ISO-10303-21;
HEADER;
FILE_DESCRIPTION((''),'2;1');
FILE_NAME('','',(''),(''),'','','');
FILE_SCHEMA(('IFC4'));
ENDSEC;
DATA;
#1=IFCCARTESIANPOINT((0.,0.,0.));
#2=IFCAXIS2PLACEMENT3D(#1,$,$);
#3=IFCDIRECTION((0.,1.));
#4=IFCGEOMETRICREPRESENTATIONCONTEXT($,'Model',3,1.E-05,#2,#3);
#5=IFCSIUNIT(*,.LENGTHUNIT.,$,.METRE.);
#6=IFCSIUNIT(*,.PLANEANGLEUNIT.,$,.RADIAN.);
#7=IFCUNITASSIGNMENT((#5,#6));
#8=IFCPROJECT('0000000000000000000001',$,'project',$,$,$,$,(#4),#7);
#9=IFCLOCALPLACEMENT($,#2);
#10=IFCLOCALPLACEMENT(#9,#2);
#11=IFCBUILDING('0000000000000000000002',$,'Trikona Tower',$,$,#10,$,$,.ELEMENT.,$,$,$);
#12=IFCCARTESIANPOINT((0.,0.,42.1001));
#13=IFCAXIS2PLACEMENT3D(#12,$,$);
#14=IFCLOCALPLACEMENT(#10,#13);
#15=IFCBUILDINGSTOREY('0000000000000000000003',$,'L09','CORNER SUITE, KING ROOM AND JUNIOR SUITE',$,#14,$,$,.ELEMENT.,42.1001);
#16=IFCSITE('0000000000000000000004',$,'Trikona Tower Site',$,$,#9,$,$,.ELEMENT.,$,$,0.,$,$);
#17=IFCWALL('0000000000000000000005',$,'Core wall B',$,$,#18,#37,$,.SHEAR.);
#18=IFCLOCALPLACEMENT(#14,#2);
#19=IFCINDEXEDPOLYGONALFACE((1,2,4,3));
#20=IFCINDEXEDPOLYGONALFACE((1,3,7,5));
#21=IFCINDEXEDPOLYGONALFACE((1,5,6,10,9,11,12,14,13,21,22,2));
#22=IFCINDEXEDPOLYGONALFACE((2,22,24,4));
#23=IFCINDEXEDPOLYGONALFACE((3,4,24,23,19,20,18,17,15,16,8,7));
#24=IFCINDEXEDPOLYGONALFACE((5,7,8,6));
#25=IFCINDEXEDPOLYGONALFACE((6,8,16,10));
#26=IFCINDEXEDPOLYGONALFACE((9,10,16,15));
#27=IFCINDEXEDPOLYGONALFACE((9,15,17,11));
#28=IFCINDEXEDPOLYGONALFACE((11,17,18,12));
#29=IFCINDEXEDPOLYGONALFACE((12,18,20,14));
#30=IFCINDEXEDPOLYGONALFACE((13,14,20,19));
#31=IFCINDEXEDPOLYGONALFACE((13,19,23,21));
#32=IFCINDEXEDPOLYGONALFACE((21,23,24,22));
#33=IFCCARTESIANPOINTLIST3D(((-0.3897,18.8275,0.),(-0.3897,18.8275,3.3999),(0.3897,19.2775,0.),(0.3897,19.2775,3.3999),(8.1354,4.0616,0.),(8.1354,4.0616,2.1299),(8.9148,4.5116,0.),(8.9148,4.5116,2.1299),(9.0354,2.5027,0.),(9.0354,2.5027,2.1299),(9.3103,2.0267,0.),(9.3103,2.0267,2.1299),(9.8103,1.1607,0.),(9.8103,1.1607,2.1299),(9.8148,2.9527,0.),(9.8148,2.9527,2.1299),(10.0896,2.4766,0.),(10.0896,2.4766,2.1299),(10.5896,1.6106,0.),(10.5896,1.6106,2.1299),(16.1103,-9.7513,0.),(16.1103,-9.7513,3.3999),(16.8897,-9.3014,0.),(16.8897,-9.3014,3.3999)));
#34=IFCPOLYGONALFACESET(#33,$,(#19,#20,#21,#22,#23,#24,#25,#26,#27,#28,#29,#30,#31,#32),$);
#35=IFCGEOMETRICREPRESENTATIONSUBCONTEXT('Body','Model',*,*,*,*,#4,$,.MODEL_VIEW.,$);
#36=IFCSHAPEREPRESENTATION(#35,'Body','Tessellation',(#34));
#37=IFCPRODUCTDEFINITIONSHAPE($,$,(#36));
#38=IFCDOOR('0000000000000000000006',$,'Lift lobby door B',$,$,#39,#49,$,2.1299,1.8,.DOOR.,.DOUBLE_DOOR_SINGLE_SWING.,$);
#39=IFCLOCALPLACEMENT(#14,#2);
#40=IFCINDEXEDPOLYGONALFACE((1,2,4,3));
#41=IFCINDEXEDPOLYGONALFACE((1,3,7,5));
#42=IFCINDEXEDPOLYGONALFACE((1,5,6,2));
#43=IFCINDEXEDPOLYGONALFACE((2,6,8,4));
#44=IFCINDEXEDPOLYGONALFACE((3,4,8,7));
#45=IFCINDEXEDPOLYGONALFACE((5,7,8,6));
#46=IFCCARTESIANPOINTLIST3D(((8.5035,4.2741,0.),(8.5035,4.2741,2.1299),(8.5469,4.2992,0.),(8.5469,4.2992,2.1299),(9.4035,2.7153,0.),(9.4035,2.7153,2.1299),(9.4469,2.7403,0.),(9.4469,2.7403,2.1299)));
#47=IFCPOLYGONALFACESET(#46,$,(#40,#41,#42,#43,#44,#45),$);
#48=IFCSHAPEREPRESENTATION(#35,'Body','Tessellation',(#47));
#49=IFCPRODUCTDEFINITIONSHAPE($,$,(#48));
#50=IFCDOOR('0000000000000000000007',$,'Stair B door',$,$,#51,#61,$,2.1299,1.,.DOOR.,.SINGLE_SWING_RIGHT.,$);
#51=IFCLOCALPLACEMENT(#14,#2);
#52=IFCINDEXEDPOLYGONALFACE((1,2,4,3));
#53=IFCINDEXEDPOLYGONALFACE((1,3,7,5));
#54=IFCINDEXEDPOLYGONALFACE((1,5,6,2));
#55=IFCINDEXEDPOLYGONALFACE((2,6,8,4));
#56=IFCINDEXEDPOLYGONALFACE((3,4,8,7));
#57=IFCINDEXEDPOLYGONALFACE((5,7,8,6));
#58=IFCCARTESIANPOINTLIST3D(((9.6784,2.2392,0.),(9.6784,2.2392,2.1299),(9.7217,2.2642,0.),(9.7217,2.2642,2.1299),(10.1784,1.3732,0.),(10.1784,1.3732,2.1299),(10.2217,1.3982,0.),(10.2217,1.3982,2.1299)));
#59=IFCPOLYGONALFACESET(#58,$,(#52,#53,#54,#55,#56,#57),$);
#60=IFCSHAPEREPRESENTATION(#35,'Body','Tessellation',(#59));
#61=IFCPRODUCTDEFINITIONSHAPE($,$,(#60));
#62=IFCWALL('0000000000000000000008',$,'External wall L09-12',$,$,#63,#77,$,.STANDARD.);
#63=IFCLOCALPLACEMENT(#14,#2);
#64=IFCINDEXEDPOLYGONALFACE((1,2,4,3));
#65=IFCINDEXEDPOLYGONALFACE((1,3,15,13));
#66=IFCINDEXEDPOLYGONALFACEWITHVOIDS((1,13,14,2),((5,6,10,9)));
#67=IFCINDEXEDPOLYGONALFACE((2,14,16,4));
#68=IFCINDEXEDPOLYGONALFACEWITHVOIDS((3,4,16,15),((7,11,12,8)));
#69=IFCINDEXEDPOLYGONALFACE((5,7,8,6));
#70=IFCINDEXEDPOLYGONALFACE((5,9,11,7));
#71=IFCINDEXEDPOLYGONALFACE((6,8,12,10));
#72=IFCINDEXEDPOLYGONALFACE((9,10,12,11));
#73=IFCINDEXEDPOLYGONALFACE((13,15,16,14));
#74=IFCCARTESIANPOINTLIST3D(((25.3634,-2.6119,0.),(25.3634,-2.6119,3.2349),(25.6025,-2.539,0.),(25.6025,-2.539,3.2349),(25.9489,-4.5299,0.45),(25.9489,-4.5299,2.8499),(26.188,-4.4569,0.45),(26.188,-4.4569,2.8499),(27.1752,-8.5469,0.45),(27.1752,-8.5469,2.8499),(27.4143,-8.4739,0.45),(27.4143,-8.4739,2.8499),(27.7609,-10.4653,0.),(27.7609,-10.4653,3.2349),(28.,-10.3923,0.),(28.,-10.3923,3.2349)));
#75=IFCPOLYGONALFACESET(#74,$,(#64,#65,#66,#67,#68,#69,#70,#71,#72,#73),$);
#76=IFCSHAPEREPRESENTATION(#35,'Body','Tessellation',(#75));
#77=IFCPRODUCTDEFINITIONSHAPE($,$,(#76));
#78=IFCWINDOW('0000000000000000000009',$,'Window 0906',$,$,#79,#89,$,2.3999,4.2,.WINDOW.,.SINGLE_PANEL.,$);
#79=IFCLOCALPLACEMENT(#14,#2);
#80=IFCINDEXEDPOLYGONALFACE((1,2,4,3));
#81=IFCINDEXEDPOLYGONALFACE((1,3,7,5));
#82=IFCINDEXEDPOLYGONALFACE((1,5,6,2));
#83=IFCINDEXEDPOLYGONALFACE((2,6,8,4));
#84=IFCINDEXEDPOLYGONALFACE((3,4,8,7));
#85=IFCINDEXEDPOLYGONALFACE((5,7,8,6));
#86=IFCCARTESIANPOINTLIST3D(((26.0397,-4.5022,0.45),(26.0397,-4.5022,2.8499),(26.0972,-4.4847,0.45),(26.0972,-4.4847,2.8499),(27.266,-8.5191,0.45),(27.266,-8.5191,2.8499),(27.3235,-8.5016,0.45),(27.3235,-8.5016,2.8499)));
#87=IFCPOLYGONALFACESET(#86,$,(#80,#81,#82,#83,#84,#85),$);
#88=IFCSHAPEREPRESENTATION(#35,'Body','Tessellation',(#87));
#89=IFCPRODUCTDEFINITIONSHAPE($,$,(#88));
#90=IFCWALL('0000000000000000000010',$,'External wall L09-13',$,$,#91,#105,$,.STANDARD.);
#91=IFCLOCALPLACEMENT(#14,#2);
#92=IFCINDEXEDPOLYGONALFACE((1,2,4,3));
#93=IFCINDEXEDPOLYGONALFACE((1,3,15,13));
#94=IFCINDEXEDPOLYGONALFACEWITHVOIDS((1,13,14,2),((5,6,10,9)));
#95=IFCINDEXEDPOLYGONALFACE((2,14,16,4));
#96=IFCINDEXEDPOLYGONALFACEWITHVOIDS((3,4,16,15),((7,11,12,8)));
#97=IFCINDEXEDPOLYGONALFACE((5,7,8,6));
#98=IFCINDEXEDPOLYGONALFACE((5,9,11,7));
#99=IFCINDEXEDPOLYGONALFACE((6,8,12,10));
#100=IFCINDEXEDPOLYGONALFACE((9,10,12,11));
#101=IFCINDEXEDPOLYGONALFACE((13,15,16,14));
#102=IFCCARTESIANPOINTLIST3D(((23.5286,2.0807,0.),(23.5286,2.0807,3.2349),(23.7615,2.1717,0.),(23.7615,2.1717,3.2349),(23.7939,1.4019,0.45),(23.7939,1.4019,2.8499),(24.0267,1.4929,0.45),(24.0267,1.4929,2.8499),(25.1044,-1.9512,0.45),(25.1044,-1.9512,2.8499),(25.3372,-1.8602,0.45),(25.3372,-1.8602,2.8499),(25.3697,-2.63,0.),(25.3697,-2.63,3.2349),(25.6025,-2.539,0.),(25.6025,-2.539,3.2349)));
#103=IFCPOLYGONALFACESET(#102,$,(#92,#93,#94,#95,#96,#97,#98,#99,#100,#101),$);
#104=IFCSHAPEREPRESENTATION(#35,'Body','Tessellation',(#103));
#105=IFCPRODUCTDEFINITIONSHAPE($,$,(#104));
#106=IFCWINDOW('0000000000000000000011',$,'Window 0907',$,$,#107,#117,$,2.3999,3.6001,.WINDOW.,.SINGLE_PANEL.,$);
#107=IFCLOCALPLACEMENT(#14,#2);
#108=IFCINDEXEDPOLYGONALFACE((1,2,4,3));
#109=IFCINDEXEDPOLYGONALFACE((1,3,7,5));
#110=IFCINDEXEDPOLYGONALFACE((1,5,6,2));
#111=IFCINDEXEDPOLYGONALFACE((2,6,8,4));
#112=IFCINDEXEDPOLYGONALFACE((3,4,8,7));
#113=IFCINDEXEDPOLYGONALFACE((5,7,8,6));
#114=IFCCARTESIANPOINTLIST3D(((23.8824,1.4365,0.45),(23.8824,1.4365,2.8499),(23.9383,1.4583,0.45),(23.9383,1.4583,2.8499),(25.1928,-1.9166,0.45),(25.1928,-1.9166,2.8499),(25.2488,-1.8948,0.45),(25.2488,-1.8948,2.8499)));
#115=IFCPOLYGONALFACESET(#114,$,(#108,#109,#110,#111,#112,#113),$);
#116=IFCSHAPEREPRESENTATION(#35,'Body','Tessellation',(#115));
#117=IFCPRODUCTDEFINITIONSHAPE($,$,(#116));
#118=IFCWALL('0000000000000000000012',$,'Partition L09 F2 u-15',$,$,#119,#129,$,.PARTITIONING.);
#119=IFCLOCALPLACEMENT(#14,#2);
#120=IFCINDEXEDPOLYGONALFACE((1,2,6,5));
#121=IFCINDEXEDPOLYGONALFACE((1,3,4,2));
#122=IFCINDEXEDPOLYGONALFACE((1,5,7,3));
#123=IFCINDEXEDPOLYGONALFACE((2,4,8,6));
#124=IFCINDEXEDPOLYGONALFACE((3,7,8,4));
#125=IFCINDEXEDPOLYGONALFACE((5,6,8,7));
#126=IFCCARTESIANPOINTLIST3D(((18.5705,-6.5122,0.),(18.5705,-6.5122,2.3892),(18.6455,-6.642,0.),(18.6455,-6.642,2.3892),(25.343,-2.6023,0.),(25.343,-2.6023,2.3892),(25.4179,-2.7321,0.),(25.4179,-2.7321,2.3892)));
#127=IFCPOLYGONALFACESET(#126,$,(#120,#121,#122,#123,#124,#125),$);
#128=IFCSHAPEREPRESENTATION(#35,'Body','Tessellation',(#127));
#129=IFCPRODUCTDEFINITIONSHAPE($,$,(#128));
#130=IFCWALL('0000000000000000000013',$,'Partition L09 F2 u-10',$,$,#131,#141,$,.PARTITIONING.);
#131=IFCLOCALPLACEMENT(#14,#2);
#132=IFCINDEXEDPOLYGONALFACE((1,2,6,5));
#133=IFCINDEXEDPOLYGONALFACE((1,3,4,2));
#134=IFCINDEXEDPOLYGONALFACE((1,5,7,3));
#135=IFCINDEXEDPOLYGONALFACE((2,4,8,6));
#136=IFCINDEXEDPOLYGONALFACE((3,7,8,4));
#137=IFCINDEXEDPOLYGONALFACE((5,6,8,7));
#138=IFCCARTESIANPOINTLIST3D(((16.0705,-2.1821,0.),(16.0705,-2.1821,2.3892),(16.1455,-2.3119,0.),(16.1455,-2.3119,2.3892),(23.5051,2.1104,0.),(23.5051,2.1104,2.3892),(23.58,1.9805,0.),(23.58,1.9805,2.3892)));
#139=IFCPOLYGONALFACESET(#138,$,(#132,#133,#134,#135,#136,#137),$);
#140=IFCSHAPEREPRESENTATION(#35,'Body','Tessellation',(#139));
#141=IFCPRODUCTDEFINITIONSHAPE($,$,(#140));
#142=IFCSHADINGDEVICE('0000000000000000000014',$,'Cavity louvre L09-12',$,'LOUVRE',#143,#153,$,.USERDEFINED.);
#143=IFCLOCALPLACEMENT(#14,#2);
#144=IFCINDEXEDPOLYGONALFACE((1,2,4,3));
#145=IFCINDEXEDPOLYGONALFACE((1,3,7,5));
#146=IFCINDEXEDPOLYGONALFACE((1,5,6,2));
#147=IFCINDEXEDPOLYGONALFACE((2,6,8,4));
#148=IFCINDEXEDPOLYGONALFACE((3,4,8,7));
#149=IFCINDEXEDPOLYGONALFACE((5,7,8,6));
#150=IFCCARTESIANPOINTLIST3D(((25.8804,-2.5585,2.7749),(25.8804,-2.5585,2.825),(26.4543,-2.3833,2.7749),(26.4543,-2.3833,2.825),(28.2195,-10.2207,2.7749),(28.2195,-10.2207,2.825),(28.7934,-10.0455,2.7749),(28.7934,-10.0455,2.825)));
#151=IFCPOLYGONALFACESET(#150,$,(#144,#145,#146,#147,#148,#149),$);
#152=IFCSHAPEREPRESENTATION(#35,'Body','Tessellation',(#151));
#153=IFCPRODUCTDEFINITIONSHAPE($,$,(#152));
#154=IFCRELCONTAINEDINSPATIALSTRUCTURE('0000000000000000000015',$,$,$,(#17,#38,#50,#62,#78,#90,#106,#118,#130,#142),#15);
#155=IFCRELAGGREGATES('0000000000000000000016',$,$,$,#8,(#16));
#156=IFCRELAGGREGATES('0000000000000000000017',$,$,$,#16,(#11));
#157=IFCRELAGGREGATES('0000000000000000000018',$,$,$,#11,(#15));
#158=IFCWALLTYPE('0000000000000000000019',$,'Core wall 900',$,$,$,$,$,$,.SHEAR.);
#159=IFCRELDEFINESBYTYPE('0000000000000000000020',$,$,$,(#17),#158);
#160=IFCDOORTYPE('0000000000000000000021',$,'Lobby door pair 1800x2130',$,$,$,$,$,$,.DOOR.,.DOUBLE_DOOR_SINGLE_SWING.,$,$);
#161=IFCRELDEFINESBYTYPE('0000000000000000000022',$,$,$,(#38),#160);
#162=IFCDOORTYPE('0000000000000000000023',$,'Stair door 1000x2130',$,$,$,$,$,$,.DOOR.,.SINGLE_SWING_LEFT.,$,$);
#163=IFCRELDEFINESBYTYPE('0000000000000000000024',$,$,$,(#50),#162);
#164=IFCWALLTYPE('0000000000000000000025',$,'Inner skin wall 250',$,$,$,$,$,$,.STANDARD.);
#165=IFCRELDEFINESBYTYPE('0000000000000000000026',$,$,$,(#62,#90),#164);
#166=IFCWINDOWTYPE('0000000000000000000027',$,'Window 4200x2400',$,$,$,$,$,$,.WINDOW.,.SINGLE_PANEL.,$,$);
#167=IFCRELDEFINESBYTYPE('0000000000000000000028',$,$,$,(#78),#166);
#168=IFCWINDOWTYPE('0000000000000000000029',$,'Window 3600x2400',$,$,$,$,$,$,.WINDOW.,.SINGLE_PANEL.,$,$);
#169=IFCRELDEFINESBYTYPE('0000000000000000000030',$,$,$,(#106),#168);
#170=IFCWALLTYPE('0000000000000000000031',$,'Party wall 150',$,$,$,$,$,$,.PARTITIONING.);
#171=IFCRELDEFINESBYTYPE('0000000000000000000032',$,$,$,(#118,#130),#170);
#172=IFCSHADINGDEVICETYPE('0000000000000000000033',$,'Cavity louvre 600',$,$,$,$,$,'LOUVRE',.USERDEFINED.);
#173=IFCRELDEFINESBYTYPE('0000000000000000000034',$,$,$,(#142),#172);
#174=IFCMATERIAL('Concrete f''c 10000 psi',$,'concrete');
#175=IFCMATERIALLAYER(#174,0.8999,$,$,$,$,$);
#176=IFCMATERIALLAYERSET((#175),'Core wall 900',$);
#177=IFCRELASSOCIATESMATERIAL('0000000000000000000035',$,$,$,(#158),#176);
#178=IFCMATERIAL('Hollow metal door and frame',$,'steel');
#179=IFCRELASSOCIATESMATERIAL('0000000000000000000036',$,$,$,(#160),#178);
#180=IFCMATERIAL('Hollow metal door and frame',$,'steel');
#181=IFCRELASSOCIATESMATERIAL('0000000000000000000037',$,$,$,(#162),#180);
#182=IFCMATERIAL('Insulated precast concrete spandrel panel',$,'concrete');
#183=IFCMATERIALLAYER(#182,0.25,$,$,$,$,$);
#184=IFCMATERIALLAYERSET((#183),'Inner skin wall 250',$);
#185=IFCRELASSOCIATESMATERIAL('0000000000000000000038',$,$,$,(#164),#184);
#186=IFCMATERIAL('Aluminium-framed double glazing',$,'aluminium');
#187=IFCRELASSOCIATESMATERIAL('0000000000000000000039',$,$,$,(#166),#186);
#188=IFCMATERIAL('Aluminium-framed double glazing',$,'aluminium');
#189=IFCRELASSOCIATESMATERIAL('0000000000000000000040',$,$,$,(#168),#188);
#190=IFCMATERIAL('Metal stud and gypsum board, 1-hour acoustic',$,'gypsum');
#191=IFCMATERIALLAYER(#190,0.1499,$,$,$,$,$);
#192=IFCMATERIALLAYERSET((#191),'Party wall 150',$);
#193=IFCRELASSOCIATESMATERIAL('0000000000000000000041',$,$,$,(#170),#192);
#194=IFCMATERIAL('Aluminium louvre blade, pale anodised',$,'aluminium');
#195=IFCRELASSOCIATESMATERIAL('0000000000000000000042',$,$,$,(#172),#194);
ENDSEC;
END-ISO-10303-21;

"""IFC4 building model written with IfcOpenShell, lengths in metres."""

from ifc_helpers import new_model, si_unit, direction, frame, frame_2d, origin, origin_2d, place, context, subcontext, project, spatial, rectangle, extrude, material, layer, layer_set, type_object, element, fill, save


model = new_model("IFC4")

# Units and contexts
model_context = context("Model", 3, precision=1e-05, world=origin(), true_north=direction((0.0, 1.0)))
body_context = subcontext(model_context, "Body", "Model", "MODEL_VIEW")
ifc_project = project(units=[si_unit("LENGTHUNIT", "METRE"), si_unit("PLANEANGLEUNIT", "RADIAN")], contexts=[model_context])

# Site, building, storey
site_placement = place(None, origin())
site = spatial("IfcSite", under=ifc_project, at=site_placement, Name="Trikona Tower Site", CompositionType="ELEMENT", RefElevation=0.0)
building_placement = place(site_placement, origin())
building = spatial("IfcBuilding", under=site, at=building_placement, Name="Trikona Tower", CompositionType="ELEMENT")
storey_placement = place(building_placement, frame((0.0, 0.0, 42.1001)))
storey = spatial("IfcBuildingStorey", under=building, at=storey_placement, Name="L09", Description="CORNER SUITE, KING ROOM AND JUNIOR SUITE", CompositionType="ELEMENT", Elevation=42.1001)

# Wall, openings, doors
ifc_material_1 = material(Name="Concrete f'c 10000 psi", Category="concrete")
ifc_layer_1 = layer(ifc_material_1, 0.8999)
ifc_layer_set_1 = layer_set([ifc_layer_1], Name="Core wall 900")
wall_type_1 = type_object("IfcWallType", Name="Core wall 900", PredefinedType="SHEAR", material=ifc_layer_set_1)
wall_1_placement = place(storey_placement, frame((16.5, -9.5264, 0.0), z_axis=(0.0, 0.0, 1.0), x_axis=(-0.5, 0.866026, 0.0)))
wall_1 = element("IfcWall", 1, at=wall_1_placement, inside=storey, type_object=wall_type_1, Name="Core wall B", PredefinedType="SHEAR", context=body_context, shape_type="SweptSolid", body=[
    extrude(rectangle(XDim=33.0, YDim=0.8999, at=frame_2d((16.5, 0.0))), origin(), (0.0, 0.0, 1.0), 3.3999),
])
opening_1_placement = place(wall_1_placement, frame((14.1499, 0.0, 0.0)))
opening_1 = element("IfcOpeningElement", 2, at=opening_1_placement, cuts=wall_1, PredefinedType="OPENING", context=body_context, shape_type="SweptSolid", body=[
    extrude(rectangle(XDim=1.8, YDim=2.1299, at=frame_2d((0.8999, 1.0649))), frame((0.0, 0.46, 0.0), z_axis=(0.0, -1.0, 0.0), x_axis=(1.0, 0.0, 0.0)), (0.0, 0.0, 1.0), 0.9199),
])
opening_2_placement = place(wall_1_placement, frame((12.6001, 0.0, 0.0)))
opening_2 = element("IfcOpeningElement", 3, at=opening_2_placement, cuts=wall_1, PredefinedType="OPENING", context=body_context, shape_type="SweptSolid", body=[
    extrude(rectangle(XDim=1.0, YDim=2.1299, at=frame_2d((0.5, 1.0649))), frame((0.0, 0.46, 0.0), z_axis=(0.0, -1.0, 0.0), x_axis=(1.0, 0.0, 0.0)), (0.0, 0.0, 1.0), 0.9199),
])
ifc_material_2 = material(Name="Hollow metal door and frame", Category="steel")
door_type_1 = type_object("IfcDoorType", Name="Lobby door pair 1800x2130", OperationType="DOUBLE_DOOR_SINGLE_SWING", PredefinedType="DOOR", material=ifc_material_2)
door_1_placement = place(opening_1_placement, origin())
door_1 = element("IfcDoor", 4, at=door_1_placement, inside=storey, type_object=door_type_1, Name="Lift lobby door B", OperationType="DOUBLE_DOOR_SINGLE_SWING", OverallHeight=2.1299, OverallWidth=1.8, PredefinedType="DOOR", context=body_context, shape_type="SweptSolid", body=[
    extrude(rectangle(XDim=1.8, YDim=2.1299, at=frame_2d((0.8999, 1.0649))), frame((0.0, 0.0249, 0.0), z_axis=(0.0, -1.0, 0.0), x_axis=(1.0, 0.0, 0.0)), (0.0, 0.0, 1.0), 0.05),
])
fill(opening_1, door_1)
ifc_material_3 = material(Name="Hollow metal door and frame", Category="steel")
door_type_2 = type_object("IfcDoorType", Name="Stair door 1000x2130", OperationType="SINGLE_SWING_LEFT", PredefinedType="DOOR", material=ifc_material_3)
door_2_placement = place(opening_2_placement, origin())
door_2 = element("IfcDoor", 5, at=door_2_placement, inside=storey, type_object=door_type_2, Name="Stair B door", OperationType="SINGLE_SWING_RIGHT", OverallHeight=2.1299, OverallWidth=1.0, PredefinedType="DOOR", context=body_context, shape_type="SweptSolid", body=[
    extrude(rectangle(XDim=1.0, YDim=2.1299, at=frame_2d((0.5, 1.0649))), frame((0.0, 0.0249, 0.0), z_axis=(0.0, -1.0, 0.0), x_axis=(1.0, 0.0, 0.0)), (0.0, 0.0, 1.0), 0.05),
])
fill(opening_2, door_2)

# Walls, openings, windows
ifc_material_4 = material(Name="Insulated precast concrete spandrel panel", Category="concrete")
ifc_layer_2 = layer(ifc_material_4, 0.25)
ifc_layer_set_2 = layer_set([ifc_layer_2], Name="Inner skin wall 250")
wall_type_2 = type_object("IfcWallType", Name="Inner skin wall 250", PredefinedType="STANDARD", material=ifc_layer_set_2)
wall_2_placement = place(storey_placement, frame((27.8804, -10.4287, 0.0), z_axis=(0.0, 0.0, 1.0), x_axis=(-0.291979, 0.956425, 0.0)))
wall_2 = element("IfcWall", 6, at=wall_2_placement, inside=storey, type_object=wall_type_2, Name="External wall L09-12", PredefinedType="STANDARD", context=body_context, shape_type="SweptSolid", body=[
    extrude(rectangle(XDim=8.2112, YDim=0.25, at=frame_2d((4.1055, 0.0))), origin(), (0.0, 0.0, 1.0), 3.2349),
])
opening_3_placement = place(wall_2_placement, frame((2.0056, 0.0, 0.45)))
opening_3 = element("IfcOpeningElement", 7, at=opening_3_placement, cuts=wall_2, PredefinedType="OPENING", context=body_context, shape_type="SweptSolid", body=[
    extrude(rectangle(XDim=4.2, YDim=2.3999, at=frame_2d((2.1001, 1.2))), frame((0.0, 0.135, 0.0), z_axis=(0.0, -1.0, 0.0), x_axis=(1.0, 0.0, 0.0)), (0.0, 0.0, 1.0), 0.27),
])
ifc_material_5 = material(Name="Aluminium-framed double glazing", Category="aluminium")
window_type_1 = type_object("IfcWindowType", Name="Window 4200x2400", PartitioningType="SINGLE_PANEL", PredefinedType="WINDOW", material=ifc_material_5)
window_1_placement = place(opening_3_placement, origin())
window_1 = element("IfcWindow", 8, at=window_1_placement, inside=storey, type_object=window_type_1, Name="Window 0906", OverallHeight=2.3999, OverallWidth=4.2, PartitioningType="SINGLE_PANEL", PredefinedType="WINDOW", context=body_context, shape_type="SweptSolid", body=[
    extrude(rectangle(XDim=4.2, YDim=2.3999, at=frame_2d((2.1001, 1.2))), frame((0.0, 0.03, 0.0), z_axis=(0.0, -1.0, 0.0), x_axis=(1.0, 0.0, 0.0)), (0.0, 0.0, 1.0), 0.0601),
])
fill(opening_3, window_1)
wall_3_placement = place(storey_placement, frame((25.4861, -2.5845, 0.0), z_axis=(0.0, 0.0, 1.0), x_axis=(-0.364013, 0.931394, 0.0)))
wall_3 = element("IfcWall", 9, at=wall_3_placement, inside=storey, type_object=wall_type_2, Name="External wall L09-13", PredefinedType="STANDARD", context=body_context, shape_type="SweptSolid", body=[
    extrude(rectangle(XDim=5.0576, YDim=0.25, at=frame_2d((2.5288, 0.0))), origin(), (0.0, 0.0, 1.0), 3.2349),
])
opening_4_placement = place(wall_3_placement, frame((0.7288, 0.0, 0.45)))
opening_4 = element("IfcOpeningElement", 10, at=opening_4_placement, cuts=wall_3, PredefinedType="OPENING", context=body_context, shape_type="SweptSolid", body=[
    extrude(rectangle(XDim=3.6001, YDim=2.3999, at=frame_2d((1.8, 1.2))), frame((0.0, 0.135, 0.0), z_axis=(0.0, -1.0, 0.0), x_axis=(1.0, 0.0, 0.0)), (0.0, 0.0, 1.0), 0.27),
])
ifc_material_6 = material(Name="Aluminium-framed double glazing", Category="aluminium")
window_type_2 = type_object("IfcWindowType", Name="Window 3600x2400", PartitioningType="SINGLE_PANEL", PredefinedType="WINDOW", material=ifc_material_6)
window_2_placement = place(opening_4_placement, origin())
window_2 = element("IfcWindow", 11, at=window_2_placement, inside=storey, type_object=window_type_2, Name="Window 0907", OverallHeight=2.3999, OverallWidth=3.6001, PartitioningType="SINGLE_PANEL", PredefinedType="WINDOW", context=body_context, shape_type="SweptSolid", body=[
    extrude(rectangle(XDim=3.6001, YDim=2.3999, at=frame_2d((1.8, 1.2))), frame((0.0, 0.03, 0.0), z_axis=(0.0, -1.0, 0.0), x_axis=(1.0, 0.0, 0.0)), (0.0, 0.0, 1.0), 0.0601),
])
fill(opening_4, window_2)

# Walls
ifc_material_7 = material(Name="Metal stud and gypsum board, 1-hour acoustic", Category="gypsum")
ifc_layer_3 = layer(ifc_material_7, 0.1499)
ifc_layer_set_3 = layer_set([ifc_layer_3], Name="Party wall 150")
wall_type_3 = type_object("IfcWallType", Name="Party wall 150", PredefinedType="PARTITIONING", material=ifc_layer_set_3)
wall_4_placement = place(storey_placement, frame((18.6079, -6.5771, 0.0), z_axis=(0.0, 0.0, 1.0), x_axis=(0.866035, 0.499984, 0.0)))
element("IfcWall", 12, at=wall_4_placement, inside=storey, type_object=wall_type_3, Name="Partition L09 F2 u-15", PredefinedType="PARTITIONING", context=body_context, shape_type="SweptSolid", body=[
    extrude(rectangle(XDim=7.8201, YDim=0.1499, at=frame_2d((3.9102, 0.0))), origin(), (0.0, 0.0, 1.0), 2.3892),
])
wall_5_placement = place(storey_placement, frame((16.1079, -2.2471, 0.0), z_axis=(0.0, 0.0, 1.0), x_axis=(0.866019, 0.500011, 0.0)))
element("IfcWall", 13, at=wall_5_placement, inside=storey, type_object=wall_type_3, Name="Partition L09 F2 u-10", PredefinedType="PARTITIONING", context=body_context, shape_type="SweptSolid", body=[
    extrude(rectangle(XDim=8.5847, YDim=0.1499, at=frame_2d((4.2925, 0.0))), origin(), (0.0, 0.0, 1.0), 2.3892),
])

# Shading device
ifc_material_8 = material(Name="Aluminium louvre blade, pale anodised", Category="aluminium")
shading_device_type = type_object("IfcShadingDeviceType", Name="Cavity louvre 600", ElementType="LOUVRE", PredefinedType="USERDEFINED", material=ifc_material_8)
shading_device_placement = place(storey_placement, frame((27.3369, -6.302, 2.7749), z_axis=(0.0, 0.0, 1.0), x_axis=(-0.291979, 0.956425, 0.0)))
element("IfcShadingDevice", 14, at=shading_device_placement, inside=storey, type_object=shading_device_type, Name="Cavity louvre L09-12", ObjectType="LOUVRE", PredefinedType="USERDEFINED", context=body_context, shape_type="SweptSolid", body=[
    extrude(rectangle(XDim=8.0112, YDim=0.6001, at=origin_2d()), origin(), (0.0, 0.0, 1.0), 0.05),
])

save(model, "model.ifc")
